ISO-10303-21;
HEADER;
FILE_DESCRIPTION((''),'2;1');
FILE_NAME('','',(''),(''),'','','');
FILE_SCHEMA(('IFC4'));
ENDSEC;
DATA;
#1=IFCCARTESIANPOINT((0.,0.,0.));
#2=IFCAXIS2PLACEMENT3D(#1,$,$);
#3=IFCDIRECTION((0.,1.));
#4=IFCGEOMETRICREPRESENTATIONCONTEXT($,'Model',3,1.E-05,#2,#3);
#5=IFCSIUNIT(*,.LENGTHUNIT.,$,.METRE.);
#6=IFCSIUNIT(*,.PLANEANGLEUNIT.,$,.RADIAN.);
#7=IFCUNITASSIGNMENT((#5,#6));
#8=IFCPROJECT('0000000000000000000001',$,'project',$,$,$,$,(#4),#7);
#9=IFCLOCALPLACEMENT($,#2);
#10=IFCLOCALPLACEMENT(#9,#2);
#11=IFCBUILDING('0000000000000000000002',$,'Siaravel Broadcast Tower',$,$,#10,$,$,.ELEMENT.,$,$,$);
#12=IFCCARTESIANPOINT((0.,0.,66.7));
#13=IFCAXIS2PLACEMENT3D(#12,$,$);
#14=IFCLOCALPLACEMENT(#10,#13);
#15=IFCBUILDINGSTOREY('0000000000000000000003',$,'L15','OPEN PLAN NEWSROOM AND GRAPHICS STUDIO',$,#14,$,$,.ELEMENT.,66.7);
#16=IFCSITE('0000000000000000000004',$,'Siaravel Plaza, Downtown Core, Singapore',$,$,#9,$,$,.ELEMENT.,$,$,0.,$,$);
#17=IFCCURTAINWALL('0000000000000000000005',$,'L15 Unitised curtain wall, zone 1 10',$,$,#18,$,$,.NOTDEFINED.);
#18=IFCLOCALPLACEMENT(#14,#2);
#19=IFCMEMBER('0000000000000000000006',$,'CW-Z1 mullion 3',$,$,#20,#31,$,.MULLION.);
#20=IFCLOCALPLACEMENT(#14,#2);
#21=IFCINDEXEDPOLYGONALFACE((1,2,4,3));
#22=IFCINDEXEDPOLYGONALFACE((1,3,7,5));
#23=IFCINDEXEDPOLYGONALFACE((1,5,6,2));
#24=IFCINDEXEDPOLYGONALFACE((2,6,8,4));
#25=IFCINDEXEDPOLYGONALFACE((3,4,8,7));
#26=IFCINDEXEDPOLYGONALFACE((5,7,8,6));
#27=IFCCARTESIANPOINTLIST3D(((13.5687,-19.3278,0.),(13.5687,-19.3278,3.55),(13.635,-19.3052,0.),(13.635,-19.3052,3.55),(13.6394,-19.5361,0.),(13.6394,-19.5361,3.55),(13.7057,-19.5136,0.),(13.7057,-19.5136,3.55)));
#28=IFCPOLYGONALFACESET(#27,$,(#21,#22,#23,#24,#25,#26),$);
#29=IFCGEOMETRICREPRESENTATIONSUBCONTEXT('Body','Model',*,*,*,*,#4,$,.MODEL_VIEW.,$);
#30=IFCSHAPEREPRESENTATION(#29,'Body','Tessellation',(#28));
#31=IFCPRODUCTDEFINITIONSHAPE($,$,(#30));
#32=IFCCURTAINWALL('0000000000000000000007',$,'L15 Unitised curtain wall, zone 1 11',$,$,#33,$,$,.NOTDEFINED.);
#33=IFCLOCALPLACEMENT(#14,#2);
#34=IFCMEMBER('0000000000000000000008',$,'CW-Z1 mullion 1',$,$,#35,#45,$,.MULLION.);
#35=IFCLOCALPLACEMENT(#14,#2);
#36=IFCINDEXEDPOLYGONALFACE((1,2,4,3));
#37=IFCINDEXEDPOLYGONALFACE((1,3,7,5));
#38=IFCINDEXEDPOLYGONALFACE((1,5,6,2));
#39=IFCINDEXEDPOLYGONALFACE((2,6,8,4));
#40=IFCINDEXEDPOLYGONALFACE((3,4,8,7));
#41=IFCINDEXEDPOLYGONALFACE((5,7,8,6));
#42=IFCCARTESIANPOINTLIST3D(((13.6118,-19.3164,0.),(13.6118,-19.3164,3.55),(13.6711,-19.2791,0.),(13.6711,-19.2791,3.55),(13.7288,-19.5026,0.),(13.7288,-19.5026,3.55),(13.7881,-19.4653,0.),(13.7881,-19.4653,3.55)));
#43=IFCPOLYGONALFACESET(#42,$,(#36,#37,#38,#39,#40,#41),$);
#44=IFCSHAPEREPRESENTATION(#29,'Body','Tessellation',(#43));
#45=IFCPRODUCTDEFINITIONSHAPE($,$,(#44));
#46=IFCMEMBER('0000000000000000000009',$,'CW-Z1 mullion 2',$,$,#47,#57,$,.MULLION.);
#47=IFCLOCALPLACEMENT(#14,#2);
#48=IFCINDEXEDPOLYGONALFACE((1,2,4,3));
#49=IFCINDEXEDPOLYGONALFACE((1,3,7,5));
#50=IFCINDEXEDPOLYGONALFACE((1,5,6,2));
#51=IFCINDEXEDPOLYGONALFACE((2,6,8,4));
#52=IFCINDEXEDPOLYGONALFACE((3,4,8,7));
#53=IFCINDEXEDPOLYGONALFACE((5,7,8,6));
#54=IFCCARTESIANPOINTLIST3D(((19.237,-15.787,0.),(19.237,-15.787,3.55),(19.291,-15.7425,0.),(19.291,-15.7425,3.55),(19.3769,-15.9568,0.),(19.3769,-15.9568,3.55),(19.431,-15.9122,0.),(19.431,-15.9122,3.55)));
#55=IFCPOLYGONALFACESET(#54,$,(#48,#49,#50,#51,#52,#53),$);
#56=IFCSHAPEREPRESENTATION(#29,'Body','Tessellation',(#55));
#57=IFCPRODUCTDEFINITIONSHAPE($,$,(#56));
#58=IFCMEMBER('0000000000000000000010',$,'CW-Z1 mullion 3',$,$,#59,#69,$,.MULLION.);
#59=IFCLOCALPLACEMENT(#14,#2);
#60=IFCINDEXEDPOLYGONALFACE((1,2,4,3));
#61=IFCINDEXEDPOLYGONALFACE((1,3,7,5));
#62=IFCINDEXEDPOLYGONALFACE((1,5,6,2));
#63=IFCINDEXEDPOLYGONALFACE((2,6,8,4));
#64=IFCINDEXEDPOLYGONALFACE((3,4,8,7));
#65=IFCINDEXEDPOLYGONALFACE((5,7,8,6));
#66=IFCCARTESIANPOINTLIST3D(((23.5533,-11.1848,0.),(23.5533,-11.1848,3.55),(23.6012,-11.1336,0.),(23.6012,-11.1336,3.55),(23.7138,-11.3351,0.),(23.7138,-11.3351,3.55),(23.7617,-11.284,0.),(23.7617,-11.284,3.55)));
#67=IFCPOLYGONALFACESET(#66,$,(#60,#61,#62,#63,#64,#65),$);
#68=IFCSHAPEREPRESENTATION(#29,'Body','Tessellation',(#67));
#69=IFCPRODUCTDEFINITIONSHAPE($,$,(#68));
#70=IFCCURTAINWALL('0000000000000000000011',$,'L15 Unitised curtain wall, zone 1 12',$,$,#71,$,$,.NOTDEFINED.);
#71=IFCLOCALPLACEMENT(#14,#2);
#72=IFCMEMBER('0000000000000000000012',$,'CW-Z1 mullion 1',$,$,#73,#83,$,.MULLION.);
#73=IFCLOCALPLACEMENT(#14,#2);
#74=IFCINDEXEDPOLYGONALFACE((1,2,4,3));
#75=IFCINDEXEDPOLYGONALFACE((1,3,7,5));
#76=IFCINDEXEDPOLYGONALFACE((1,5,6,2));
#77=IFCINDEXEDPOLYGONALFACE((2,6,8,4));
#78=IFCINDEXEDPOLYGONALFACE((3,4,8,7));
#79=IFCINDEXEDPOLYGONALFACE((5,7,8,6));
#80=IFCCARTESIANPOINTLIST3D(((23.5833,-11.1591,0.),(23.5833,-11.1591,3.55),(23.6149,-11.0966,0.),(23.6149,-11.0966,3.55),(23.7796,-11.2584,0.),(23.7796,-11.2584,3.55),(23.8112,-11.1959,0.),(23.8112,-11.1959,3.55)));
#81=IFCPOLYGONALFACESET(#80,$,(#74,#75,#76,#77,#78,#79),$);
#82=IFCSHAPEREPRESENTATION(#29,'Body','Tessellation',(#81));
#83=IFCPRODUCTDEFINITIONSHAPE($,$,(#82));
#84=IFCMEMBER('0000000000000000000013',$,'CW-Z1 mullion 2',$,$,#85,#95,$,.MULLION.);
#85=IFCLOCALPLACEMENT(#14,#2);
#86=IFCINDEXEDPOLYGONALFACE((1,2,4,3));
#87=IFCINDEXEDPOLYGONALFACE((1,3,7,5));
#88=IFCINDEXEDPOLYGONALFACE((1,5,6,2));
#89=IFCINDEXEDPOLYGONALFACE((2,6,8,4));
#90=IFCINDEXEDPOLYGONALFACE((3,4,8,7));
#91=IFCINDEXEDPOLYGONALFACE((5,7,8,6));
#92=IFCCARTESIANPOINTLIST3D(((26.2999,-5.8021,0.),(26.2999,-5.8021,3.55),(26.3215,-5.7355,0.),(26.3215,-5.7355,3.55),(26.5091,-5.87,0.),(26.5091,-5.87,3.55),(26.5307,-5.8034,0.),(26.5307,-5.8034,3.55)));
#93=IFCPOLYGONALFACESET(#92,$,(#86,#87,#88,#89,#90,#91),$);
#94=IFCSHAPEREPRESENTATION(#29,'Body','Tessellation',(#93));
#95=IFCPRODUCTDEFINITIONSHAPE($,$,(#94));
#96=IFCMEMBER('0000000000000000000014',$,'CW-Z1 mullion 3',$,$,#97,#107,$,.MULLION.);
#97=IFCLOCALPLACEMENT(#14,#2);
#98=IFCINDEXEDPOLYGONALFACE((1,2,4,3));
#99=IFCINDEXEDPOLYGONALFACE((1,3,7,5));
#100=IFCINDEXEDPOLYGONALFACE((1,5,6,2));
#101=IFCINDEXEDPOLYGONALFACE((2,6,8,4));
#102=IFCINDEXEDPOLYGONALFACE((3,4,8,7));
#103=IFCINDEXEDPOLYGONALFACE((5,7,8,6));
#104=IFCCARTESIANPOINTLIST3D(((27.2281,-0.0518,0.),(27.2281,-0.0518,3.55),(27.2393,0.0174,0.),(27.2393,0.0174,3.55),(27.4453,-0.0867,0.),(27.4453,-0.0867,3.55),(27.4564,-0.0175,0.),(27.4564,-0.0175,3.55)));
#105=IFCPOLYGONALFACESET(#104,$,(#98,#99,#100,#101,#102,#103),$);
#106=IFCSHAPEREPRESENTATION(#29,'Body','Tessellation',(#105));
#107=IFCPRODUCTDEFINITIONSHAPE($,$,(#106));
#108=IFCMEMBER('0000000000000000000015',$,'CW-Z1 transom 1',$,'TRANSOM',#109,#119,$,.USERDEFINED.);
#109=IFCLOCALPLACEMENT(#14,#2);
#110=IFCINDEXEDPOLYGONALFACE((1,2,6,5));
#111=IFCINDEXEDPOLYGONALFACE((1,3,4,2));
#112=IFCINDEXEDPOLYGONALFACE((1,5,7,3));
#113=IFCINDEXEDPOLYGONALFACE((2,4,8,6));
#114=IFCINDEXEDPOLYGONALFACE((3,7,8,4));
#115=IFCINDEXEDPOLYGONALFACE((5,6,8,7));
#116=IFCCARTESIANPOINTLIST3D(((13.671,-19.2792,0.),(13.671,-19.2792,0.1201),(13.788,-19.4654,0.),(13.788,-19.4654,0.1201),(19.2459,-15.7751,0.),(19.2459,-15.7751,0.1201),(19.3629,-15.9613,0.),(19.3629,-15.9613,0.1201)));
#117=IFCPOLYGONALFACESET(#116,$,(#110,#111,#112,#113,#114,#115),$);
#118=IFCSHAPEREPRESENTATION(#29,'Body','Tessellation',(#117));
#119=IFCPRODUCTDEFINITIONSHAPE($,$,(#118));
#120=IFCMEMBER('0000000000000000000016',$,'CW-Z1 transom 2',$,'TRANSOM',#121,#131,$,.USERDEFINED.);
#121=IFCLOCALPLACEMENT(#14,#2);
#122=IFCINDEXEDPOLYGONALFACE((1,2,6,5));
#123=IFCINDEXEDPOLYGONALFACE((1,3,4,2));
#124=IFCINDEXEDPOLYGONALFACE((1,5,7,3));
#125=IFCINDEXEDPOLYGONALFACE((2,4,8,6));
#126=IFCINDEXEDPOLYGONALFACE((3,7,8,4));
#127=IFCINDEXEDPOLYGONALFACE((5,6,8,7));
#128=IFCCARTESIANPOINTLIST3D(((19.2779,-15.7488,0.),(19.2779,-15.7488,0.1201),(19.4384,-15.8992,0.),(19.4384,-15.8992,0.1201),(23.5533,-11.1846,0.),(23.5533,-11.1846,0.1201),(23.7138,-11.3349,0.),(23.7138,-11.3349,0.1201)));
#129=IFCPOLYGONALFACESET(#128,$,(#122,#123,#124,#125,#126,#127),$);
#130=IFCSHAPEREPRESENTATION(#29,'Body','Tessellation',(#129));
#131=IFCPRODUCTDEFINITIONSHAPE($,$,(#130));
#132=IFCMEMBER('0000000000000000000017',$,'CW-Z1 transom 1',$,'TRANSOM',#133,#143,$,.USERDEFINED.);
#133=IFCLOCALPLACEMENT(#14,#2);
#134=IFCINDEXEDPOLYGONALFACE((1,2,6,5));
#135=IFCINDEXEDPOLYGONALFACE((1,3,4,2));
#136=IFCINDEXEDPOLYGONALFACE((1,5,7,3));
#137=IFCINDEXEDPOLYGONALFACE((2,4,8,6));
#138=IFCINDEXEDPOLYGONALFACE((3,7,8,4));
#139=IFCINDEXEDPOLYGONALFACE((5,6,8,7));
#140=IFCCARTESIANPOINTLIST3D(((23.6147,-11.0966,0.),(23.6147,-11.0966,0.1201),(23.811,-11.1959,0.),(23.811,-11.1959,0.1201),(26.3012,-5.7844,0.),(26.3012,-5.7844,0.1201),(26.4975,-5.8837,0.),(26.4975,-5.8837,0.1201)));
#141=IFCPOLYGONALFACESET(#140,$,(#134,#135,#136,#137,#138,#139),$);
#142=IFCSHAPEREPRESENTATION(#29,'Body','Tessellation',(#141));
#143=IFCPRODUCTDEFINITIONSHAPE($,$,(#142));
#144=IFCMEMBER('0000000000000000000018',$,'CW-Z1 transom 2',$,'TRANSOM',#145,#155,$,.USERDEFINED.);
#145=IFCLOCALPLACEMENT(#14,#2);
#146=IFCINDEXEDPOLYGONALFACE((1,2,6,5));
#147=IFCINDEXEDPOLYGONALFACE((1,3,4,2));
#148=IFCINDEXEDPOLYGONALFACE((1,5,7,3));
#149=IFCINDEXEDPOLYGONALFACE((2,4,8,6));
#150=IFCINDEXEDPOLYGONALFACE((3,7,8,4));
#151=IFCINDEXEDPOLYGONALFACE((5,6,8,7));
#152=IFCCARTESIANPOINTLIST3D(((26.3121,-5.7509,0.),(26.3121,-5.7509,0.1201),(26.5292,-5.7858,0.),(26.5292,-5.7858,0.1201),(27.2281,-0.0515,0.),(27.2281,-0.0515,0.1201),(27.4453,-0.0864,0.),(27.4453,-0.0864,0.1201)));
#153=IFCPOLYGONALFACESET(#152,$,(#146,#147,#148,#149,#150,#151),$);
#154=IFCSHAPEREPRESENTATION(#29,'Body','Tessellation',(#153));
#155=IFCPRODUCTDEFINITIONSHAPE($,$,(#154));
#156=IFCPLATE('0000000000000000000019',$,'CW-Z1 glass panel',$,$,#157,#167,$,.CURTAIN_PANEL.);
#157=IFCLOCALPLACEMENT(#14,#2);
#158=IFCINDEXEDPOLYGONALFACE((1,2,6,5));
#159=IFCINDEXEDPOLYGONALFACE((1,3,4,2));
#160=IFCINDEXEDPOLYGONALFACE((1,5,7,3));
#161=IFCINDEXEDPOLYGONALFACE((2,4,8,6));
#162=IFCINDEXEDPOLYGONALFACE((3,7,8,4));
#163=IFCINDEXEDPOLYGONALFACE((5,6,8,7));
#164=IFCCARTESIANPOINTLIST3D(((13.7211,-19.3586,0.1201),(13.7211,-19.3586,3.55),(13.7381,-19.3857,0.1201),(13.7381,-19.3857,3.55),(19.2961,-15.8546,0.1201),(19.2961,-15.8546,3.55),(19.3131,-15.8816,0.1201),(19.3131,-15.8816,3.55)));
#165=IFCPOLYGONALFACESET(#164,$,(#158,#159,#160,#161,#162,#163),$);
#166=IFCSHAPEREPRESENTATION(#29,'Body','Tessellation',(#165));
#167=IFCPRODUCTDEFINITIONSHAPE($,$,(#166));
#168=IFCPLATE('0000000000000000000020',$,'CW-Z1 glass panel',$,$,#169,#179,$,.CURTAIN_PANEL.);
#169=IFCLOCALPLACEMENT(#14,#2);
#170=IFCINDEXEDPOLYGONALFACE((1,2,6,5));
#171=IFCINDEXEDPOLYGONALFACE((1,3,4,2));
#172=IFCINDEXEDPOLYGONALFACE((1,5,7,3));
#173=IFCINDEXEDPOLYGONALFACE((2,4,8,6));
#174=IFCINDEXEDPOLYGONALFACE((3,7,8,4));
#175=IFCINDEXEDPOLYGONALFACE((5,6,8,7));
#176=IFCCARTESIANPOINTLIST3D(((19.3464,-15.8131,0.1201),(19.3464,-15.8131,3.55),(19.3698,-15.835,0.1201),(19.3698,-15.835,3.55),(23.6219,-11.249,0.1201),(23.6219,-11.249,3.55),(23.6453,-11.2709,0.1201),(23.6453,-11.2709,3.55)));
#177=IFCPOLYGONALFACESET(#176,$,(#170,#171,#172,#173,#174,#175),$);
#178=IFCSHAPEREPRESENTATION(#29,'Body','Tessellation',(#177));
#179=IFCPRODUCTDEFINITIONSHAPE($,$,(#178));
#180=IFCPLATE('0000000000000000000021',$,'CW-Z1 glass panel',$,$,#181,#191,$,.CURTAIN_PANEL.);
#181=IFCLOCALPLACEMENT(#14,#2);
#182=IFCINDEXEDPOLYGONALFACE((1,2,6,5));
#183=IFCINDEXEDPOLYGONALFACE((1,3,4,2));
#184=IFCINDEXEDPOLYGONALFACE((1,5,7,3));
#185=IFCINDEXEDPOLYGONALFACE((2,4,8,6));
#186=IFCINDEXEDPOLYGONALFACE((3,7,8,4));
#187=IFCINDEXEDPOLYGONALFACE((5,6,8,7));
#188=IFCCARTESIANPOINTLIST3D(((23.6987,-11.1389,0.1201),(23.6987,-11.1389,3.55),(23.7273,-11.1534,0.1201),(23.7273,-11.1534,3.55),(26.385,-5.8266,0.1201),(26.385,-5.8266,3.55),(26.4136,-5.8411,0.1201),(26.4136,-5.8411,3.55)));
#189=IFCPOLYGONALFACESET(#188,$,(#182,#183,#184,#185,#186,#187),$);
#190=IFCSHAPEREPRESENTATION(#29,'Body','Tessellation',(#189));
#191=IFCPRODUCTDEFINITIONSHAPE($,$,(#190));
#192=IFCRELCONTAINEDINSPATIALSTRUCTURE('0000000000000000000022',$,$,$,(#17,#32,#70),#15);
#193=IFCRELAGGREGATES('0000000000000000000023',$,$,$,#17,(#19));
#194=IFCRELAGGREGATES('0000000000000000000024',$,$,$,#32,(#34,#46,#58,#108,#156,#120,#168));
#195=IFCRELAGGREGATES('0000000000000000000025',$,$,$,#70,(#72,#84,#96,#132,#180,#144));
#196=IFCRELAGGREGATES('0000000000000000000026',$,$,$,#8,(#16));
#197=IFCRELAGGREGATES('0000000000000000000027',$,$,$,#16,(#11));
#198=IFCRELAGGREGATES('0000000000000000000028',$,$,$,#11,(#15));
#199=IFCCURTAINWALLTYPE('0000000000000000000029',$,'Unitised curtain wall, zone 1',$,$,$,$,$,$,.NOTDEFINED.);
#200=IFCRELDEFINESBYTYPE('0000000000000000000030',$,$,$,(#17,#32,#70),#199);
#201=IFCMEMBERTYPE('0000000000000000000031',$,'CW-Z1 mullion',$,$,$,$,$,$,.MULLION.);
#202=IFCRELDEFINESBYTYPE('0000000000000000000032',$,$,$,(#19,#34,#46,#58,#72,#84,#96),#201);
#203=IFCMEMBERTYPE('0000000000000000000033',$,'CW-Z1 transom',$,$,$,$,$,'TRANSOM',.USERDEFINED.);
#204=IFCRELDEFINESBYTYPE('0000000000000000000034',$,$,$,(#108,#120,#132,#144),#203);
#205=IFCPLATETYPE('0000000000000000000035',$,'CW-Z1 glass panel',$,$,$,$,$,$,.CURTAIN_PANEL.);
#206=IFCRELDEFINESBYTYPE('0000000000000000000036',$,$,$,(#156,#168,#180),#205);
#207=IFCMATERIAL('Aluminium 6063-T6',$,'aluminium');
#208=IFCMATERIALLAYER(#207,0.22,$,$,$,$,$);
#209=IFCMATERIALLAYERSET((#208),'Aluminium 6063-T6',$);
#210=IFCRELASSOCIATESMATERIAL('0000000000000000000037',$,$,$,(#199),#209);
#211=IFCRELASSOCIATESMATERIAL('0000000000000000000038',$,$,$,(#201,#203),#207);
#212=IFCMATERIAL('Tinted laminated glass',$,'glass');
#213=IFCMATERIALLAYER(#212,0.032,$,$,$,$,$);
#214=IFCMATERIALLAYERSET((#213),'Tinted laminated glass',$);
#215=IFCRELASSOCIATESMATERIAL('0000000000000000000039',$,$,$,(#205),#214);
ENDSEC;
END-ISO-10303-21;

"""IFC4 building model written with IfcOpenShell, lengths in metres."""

from ifc_helpers import new_model, si_unit, direction, frame, origin, origin_2d, place, context, subcontext, project, spatial, rectangle, extrude, material, layer, layer_set, material_profile, profile_set, type_object, element, aggregate, save


model = new_model("IFC4")

# Units and contexts
model_context = context("Model", 3, precision=1e-05, world=origin(), true_north=direction((0.0, 1.0)))
body_context = subcontext(model_context, "Body", "Model", "MODEL_VIEW")
ifc_project = project(units=[si_unit("LENGTHUNIT", "METRE"), si_unit("PLANEANGLEUNIT", "RADIAN")], contexts=[model_context])

# Site, building, storey
site_placement = place(None, origin())
site = spatial("IfcSite", under=ifc_project, at=site_placement, Name="Siaravel Plaza, Downtown Core, Singapore", CompositionType="ELEMENT", RefElevation=0.0)
building_placement = place(site_placement, origin())
building = spatial("IfcBuilding", under=site, at=building_placement, Name="Siaravel Broadcast Tower", CompositionType="ELEMENT")
storey_placement = place(building_placement, frame((0.0, 0.0, 66.7)))
storey = spatial("IfcBuildingStorey", under=building, at=storey_placement, Name="L15", Description="OPEN PLAN NEWSROOM AND GRAPHICS STUDIO", CompositionType="ELEMENT", Elevation=66.7)

# Curtain wall, member
ifc_material_1 = material(Name="Aluminium 6063-T6", Category="aluminium")
ifc_layer_1 = layer(ifc_material_1, 0.22)
ifc_layer_set_1 = layer_set([ifc_layer_1], Name="Aluminium 6063-T6")
curtain_wall_type = type_object("IfcCurtainWallType", Name="Unitised curtain wall, zone 1", PredefinedType="NOTDEFINED", material=ifc_layer_set_1)
curtain_wall_1_placement = place(storey_placement, origin())
curtain_wall_1 = element("IfcCurtainWall", 1, at=curtain_wall_1_placement, inside=storey, type_object=curtain_wall_type, Name="L15 Unitised curtain wall, zone 1 10", PredefinedType="NOTDEFINED")
ifc_material_profile_1 = material_profile(ifc_material_1, rectangle(XDim=0.22, YDim=0.0701, at=origin_2d()))
ifc_profile_set_1 = profile_set([ifc_material_profile_1], Name="Aluminium 6063-T6")
member_type_1 = type_object("IfcMemberType", Name="CW-Z1 mullion", PredefinedType="MULLION", material=ifc_profile_set_1)
member_1_placement = place(storey_placement, frame((13.6372, -19.4207, 0.0), z_axis=(0.0, 0.0, 1.0), x_axis=(-0.3213, 0.946978, 0.0)))
member_1 = element("IfcMember", 2, at=member_1_placement, type_object=member_type_1, Name="CW-Z1 mullion 3", PredefinedType="MULLION", context=body_context, shape_type="SweptSolid", body=[
    extrude(rectangle(XDim=0.22, YDim=0.0701, at=origin_2d()), origin(), (0.0, 0.0, 1.0), 3.55),
])
aggregate(curtain_wall_1, [member_1])

# Curtain walls, members
curtain_wall_2_placement = place(storey_placement, origin())
curtain_wall_2 = element("IfcCurtainWall", 3, at=curtain_wall_2_placement, inside=storey, type_object=curtain_wall_type, Name="L15 Unitised curtain wall, zone 1 11", PredefinedType="NOTDEFINED")
member_2_placement = place(storey_placement, frame((13.7, -19.3909, 0.0), z_axis=(0.0, 0.0, 1.0), x_axis=(-0.532148, 0.846651, 0.0)))
member_2 = element("IfcMember", 4, at=member_2_placement, type_object=member_type_1, Name="CW-Z1 mullion 1", PredefinedType="MULLION", context=body_context, shape_type="SweptSolid", body=[
    extrude(rectangle(XDim=0.22, YDim=0.0701, at=origin_2d()), origin(), (0.0, 0.0, 1.0), 3.55),
])
member_3_placement = place(storey_placement, frame((19.334, -15.8496, 0.0), z_axis=(0.0, 0.0, 1.0), x_axis=(-0.636217, 0.77151, 0.0)))
member_3 = element("IfcMember", 5, at=member_3_placement, type_object=member_type_1, Name="CW-Z1 mullion 2", PredefinedType="MULLION", context=body_context, shape_type="SweptSolid", body=[
    extrude(rectangle(XDim=0.22, YDim=0.0701, at=origin_2d()), origin(), (0.0, 0.0, 1.0), 3.55),
])
member_4_placement = place(storey_placement, frame((23.6575, -11.2344, 0.0), z_axis=(0.0, 0.0, 1.0), x_axis=(-0.729804, 0.683657, 0.0)))
member_4 = element("IfcMember", 6, at=member_4_placement, type_object=member_type_1, Name="CW-Z1 mullion 3", PredefinedType="MULLION", context=body_context, shape_type="SweptSolid", body=[
    extrude(rectangle(XDim=0.22, YDim=0.0701, at=origin_2d()), origin(), (0.0, 0.0, 1.0), 3.55),
])
curtain_wall_3_placement = place(storey_placement, origin())
curtain_wall_3 = element("IfcCurtainWall", 7, at=curtain_wall_3_placement, inside=storey, type_object=curtain_wall_type, Name="L15 Unitised curtain wall, zone 1 12", PredefinedType="NOTDEFINED")
member_5_placement = place(storey_placement, frame((23.6973, -11.1775, 0.0), z_axis=(0.0, 0.0, 1.0), x_axis=(-0.892391, 0.451262, 0.0)))
member_5 = element("IfcMember", 8, at=member_5_placement, type_object=member_type_1, Name="CW-Z1 mullion 1", PredefinedType="MULLION", context=body_context, shape_type="SweptSolid", body=[
    extrude(rectangle(XDim=0.22, YDim=0.0701, at=origin_2d()), origin(), (0.0, 0.0, 1.0), 3.55),
])
member_6_placement = place(storey_placement, frame((26.4153, -5.8027, 0.0), z_axis=(0.0, 0.0, 1.0), x_axis=(-0.951177, 0.308646, 0.0)))
member_6 = element("IfcMember", 9, at=member_6_placement, type_object=member_type_1, Name="CW-Z1 mullion 2", PredefinedType="MULLION", context=body_context, shape_type="SweptSolid", body=[
    extrude(rectangle(XDim=0.22, YDim=0.0701, at=origin_2d()), origin(), (0.0, 0.0, 1.0), 3.55),
])
member_7_placement = place(storey_placement, frame((27.3423, -0.0347, 0.0), z_axis=(0.0, 0.0, 1.0), x_axis=(-0.987329, 0.158686, 0.0)))
member_7 = element("IfcMember", 10, at=member_7_placement, type_object=member_type_1, Name="CW-Z1 mullion 3", PredefinedType="MULLION", context=body_context, shape_type="SweptSolid", body=[
    extrude(rectangle(XDim=0.22, YDim=0.0701, at=origin_2d()), origin(), (0.0, 0.0, 1.0), 3.55),
])

# Members
ifc_material_profile_2 = material_profile(ifc_material_1, rectangle(XDim=0.22, YDim=0.1201, at=origin_2d()))
ifc_profile_set_2 = profile_set([ifc_material_profile_2], Name="Aluminium 6063-T6")
member_type_2 = type_object("IfcMemberType", Name="CW-Z1 transom", ElementType="TRANSOM", PredefinedType="USERDEFINED", material=ifc_profile_set_2)
member_8_placement = place(storey_placement, frame((13.7295, -19.3723, 0.0601), z_axis=(0.846644, 0.53216, 0.0), x_axis=(-0.53216, 0.846644, 0.0)))
member_8 = element("IfcMember", 11, at=member_8_placement, type_object=member_type_2, Name="CW-Z1 transom 1", ObjectType="TRANSOM", PredefinedType="USERDEFINED", context=body_context, shape_type="SweptSolid", body=[
    extrude(rectangle(XDim=0.22, YDim=0.1201, at=origin_2d()), origin(), (0.0, 0.0, 1.0), 6.5847),
])
member_9_placement = place(storey_placement, frame((19.3582, -15.824, 0.0601), z_axis=(0.683639, 0.729821, 0.0), x_axis=(-0.729821, 0.683639, 0.0)))
member_9 = element("IfcMember", 12, at=member_9_placement, type_object=member_type_2, Name="CW-Z1 transom 2", ObjectType="TRANSOM", PredefinedType="USERDEFINED", context=body_context, shape_type="SweptSolid", body=[
    extrude(rectangle(XDim=0.22, YDim=0.1201, at=origin_2d()), origin(), (0.0, 0.0, 1.0), 6.2539),
])
member_10_placement = place(storey_placement, frame((23.7129, -11.1462, 0.0601), z_axis=(0.451294, 0.892375, 0.0), x_axis=(-0.892375, 0.451294, 0.0)))
member_10 = element("IfcMember", 13, at=member_10_placement, type_object=member_type_2, Name="CW-Z1 transom 1", ObjectType="TRANSOM", PredefinedType="USERDEFINED", context=body_context, shape_type="SweptSolid", body=[
    extrude(rectangle(XDim=0.22, YDim=0.1201, at=origin_2d()), origin(), (0.0, 0.0, 1.0), 5.9529),
])
member_11_placement = place(storey_placement, frame((26.4207, -5.7683, 0.0601), z_axis=(0.15869, 0.987328, 0.0), x_axis=(-0.987328, 0.15869, 0.0)))
member_11 = element("IfcMember", 14, at=member_11_placement, type_object=member_type_2, Name="CW-Z1 transom 2", ObjectType="TRANSOM", PredefinedType="USERDEFINED", context=body_context, shape_type="SweptSolid", body=[
    extrude(rectangle(XDim=0.22, YDim=0.1201, at=origin_2d()), origin(), (0.0, 0.0, 1.0), 5.7725),
])

# Plates
ifc_material_2 = material(Name="Tinted laminated glass", Category="glass")
ifc_layer_2 = layer(ifc_material_2, 0.032)
ifc_layer_set_2 = layer_set([ifc_layer_2], Name="Tinted laminated glass")
plate_type = type_object("IfcPlateType", Name="CW-Z1 glass panel", PredefinedType="CURTAIN_PANEL", material=ifc_layer_set_2)
plate_1_placement = place(storey_placement, frame((16.5171, -17.6201, 0.1201), z_axis=(0.0, 0.0, 1.0), x_axis=(0.846651, 0.532148, 0.0)))
plate_1 = element("IfcPlate", 15, at=plate_1_placement, type_object=plate_type, Name="CW-Z1 glass panel", PredefinedType="CURTAIN_PANEL", context=body_context, shape_type="SweptSolid", body=[
    extrude(rectangle(XDim=6.5847, YDim=0.032, at=origin_2d()), origin(), (0.0, 0.0, 1.0), 3.4299),
])
plate_2_placement = place(storey_placement, frame((21.4958, -13.542, 0.1201), z_axis=(0.0, 0.0, 1.0), x_axis=(0.683657, 0.729804, 0.0)))
plate_2 = element("IfcPlate", 16, at=plate_2_placement, type_object=plate_type, Name="CW-Z1 glass panel", PredefinedType="CURTAIN_PANEL", context=body_context, shape_type="SweptSolid", body=[
    extrude(rectangle(XDim=6.2539, YDim=0.032, at=origin_2d()), origin(), (0.0, 0.0, 1.0), 3.4299),
])
aggregate(curtain_wall_2, [member_2, member_3, member_4, member_8, plate_1, member_9, plate_2])
plate_3_placement = place(storey_placement, frame((25.0562, -8.49, 0.1201), z_axis=(0.0, 0.0, 1.0), x_axis=(0.451262, 0.892391, 0.0)))
plate_3 = element("IfcPlate", 17, at=plate_3_placement, type_object=plate_type, Name="CW-Z1 glass panel", PredefinedType="CURTAIN_PANEL", context=body_context, shape_type="SweptSolid", body=[
    extrude(rectangle(XDim=5.9529, YDim=0.032, at=origin_2d()), origin(), (0.0, 0.0, 1.0), 3.4299),
])
aggregate(curtain_wall_3, [member_5, member_6, member_7, member_10, plate_3, member_11])

save(model, "model.ifc")
